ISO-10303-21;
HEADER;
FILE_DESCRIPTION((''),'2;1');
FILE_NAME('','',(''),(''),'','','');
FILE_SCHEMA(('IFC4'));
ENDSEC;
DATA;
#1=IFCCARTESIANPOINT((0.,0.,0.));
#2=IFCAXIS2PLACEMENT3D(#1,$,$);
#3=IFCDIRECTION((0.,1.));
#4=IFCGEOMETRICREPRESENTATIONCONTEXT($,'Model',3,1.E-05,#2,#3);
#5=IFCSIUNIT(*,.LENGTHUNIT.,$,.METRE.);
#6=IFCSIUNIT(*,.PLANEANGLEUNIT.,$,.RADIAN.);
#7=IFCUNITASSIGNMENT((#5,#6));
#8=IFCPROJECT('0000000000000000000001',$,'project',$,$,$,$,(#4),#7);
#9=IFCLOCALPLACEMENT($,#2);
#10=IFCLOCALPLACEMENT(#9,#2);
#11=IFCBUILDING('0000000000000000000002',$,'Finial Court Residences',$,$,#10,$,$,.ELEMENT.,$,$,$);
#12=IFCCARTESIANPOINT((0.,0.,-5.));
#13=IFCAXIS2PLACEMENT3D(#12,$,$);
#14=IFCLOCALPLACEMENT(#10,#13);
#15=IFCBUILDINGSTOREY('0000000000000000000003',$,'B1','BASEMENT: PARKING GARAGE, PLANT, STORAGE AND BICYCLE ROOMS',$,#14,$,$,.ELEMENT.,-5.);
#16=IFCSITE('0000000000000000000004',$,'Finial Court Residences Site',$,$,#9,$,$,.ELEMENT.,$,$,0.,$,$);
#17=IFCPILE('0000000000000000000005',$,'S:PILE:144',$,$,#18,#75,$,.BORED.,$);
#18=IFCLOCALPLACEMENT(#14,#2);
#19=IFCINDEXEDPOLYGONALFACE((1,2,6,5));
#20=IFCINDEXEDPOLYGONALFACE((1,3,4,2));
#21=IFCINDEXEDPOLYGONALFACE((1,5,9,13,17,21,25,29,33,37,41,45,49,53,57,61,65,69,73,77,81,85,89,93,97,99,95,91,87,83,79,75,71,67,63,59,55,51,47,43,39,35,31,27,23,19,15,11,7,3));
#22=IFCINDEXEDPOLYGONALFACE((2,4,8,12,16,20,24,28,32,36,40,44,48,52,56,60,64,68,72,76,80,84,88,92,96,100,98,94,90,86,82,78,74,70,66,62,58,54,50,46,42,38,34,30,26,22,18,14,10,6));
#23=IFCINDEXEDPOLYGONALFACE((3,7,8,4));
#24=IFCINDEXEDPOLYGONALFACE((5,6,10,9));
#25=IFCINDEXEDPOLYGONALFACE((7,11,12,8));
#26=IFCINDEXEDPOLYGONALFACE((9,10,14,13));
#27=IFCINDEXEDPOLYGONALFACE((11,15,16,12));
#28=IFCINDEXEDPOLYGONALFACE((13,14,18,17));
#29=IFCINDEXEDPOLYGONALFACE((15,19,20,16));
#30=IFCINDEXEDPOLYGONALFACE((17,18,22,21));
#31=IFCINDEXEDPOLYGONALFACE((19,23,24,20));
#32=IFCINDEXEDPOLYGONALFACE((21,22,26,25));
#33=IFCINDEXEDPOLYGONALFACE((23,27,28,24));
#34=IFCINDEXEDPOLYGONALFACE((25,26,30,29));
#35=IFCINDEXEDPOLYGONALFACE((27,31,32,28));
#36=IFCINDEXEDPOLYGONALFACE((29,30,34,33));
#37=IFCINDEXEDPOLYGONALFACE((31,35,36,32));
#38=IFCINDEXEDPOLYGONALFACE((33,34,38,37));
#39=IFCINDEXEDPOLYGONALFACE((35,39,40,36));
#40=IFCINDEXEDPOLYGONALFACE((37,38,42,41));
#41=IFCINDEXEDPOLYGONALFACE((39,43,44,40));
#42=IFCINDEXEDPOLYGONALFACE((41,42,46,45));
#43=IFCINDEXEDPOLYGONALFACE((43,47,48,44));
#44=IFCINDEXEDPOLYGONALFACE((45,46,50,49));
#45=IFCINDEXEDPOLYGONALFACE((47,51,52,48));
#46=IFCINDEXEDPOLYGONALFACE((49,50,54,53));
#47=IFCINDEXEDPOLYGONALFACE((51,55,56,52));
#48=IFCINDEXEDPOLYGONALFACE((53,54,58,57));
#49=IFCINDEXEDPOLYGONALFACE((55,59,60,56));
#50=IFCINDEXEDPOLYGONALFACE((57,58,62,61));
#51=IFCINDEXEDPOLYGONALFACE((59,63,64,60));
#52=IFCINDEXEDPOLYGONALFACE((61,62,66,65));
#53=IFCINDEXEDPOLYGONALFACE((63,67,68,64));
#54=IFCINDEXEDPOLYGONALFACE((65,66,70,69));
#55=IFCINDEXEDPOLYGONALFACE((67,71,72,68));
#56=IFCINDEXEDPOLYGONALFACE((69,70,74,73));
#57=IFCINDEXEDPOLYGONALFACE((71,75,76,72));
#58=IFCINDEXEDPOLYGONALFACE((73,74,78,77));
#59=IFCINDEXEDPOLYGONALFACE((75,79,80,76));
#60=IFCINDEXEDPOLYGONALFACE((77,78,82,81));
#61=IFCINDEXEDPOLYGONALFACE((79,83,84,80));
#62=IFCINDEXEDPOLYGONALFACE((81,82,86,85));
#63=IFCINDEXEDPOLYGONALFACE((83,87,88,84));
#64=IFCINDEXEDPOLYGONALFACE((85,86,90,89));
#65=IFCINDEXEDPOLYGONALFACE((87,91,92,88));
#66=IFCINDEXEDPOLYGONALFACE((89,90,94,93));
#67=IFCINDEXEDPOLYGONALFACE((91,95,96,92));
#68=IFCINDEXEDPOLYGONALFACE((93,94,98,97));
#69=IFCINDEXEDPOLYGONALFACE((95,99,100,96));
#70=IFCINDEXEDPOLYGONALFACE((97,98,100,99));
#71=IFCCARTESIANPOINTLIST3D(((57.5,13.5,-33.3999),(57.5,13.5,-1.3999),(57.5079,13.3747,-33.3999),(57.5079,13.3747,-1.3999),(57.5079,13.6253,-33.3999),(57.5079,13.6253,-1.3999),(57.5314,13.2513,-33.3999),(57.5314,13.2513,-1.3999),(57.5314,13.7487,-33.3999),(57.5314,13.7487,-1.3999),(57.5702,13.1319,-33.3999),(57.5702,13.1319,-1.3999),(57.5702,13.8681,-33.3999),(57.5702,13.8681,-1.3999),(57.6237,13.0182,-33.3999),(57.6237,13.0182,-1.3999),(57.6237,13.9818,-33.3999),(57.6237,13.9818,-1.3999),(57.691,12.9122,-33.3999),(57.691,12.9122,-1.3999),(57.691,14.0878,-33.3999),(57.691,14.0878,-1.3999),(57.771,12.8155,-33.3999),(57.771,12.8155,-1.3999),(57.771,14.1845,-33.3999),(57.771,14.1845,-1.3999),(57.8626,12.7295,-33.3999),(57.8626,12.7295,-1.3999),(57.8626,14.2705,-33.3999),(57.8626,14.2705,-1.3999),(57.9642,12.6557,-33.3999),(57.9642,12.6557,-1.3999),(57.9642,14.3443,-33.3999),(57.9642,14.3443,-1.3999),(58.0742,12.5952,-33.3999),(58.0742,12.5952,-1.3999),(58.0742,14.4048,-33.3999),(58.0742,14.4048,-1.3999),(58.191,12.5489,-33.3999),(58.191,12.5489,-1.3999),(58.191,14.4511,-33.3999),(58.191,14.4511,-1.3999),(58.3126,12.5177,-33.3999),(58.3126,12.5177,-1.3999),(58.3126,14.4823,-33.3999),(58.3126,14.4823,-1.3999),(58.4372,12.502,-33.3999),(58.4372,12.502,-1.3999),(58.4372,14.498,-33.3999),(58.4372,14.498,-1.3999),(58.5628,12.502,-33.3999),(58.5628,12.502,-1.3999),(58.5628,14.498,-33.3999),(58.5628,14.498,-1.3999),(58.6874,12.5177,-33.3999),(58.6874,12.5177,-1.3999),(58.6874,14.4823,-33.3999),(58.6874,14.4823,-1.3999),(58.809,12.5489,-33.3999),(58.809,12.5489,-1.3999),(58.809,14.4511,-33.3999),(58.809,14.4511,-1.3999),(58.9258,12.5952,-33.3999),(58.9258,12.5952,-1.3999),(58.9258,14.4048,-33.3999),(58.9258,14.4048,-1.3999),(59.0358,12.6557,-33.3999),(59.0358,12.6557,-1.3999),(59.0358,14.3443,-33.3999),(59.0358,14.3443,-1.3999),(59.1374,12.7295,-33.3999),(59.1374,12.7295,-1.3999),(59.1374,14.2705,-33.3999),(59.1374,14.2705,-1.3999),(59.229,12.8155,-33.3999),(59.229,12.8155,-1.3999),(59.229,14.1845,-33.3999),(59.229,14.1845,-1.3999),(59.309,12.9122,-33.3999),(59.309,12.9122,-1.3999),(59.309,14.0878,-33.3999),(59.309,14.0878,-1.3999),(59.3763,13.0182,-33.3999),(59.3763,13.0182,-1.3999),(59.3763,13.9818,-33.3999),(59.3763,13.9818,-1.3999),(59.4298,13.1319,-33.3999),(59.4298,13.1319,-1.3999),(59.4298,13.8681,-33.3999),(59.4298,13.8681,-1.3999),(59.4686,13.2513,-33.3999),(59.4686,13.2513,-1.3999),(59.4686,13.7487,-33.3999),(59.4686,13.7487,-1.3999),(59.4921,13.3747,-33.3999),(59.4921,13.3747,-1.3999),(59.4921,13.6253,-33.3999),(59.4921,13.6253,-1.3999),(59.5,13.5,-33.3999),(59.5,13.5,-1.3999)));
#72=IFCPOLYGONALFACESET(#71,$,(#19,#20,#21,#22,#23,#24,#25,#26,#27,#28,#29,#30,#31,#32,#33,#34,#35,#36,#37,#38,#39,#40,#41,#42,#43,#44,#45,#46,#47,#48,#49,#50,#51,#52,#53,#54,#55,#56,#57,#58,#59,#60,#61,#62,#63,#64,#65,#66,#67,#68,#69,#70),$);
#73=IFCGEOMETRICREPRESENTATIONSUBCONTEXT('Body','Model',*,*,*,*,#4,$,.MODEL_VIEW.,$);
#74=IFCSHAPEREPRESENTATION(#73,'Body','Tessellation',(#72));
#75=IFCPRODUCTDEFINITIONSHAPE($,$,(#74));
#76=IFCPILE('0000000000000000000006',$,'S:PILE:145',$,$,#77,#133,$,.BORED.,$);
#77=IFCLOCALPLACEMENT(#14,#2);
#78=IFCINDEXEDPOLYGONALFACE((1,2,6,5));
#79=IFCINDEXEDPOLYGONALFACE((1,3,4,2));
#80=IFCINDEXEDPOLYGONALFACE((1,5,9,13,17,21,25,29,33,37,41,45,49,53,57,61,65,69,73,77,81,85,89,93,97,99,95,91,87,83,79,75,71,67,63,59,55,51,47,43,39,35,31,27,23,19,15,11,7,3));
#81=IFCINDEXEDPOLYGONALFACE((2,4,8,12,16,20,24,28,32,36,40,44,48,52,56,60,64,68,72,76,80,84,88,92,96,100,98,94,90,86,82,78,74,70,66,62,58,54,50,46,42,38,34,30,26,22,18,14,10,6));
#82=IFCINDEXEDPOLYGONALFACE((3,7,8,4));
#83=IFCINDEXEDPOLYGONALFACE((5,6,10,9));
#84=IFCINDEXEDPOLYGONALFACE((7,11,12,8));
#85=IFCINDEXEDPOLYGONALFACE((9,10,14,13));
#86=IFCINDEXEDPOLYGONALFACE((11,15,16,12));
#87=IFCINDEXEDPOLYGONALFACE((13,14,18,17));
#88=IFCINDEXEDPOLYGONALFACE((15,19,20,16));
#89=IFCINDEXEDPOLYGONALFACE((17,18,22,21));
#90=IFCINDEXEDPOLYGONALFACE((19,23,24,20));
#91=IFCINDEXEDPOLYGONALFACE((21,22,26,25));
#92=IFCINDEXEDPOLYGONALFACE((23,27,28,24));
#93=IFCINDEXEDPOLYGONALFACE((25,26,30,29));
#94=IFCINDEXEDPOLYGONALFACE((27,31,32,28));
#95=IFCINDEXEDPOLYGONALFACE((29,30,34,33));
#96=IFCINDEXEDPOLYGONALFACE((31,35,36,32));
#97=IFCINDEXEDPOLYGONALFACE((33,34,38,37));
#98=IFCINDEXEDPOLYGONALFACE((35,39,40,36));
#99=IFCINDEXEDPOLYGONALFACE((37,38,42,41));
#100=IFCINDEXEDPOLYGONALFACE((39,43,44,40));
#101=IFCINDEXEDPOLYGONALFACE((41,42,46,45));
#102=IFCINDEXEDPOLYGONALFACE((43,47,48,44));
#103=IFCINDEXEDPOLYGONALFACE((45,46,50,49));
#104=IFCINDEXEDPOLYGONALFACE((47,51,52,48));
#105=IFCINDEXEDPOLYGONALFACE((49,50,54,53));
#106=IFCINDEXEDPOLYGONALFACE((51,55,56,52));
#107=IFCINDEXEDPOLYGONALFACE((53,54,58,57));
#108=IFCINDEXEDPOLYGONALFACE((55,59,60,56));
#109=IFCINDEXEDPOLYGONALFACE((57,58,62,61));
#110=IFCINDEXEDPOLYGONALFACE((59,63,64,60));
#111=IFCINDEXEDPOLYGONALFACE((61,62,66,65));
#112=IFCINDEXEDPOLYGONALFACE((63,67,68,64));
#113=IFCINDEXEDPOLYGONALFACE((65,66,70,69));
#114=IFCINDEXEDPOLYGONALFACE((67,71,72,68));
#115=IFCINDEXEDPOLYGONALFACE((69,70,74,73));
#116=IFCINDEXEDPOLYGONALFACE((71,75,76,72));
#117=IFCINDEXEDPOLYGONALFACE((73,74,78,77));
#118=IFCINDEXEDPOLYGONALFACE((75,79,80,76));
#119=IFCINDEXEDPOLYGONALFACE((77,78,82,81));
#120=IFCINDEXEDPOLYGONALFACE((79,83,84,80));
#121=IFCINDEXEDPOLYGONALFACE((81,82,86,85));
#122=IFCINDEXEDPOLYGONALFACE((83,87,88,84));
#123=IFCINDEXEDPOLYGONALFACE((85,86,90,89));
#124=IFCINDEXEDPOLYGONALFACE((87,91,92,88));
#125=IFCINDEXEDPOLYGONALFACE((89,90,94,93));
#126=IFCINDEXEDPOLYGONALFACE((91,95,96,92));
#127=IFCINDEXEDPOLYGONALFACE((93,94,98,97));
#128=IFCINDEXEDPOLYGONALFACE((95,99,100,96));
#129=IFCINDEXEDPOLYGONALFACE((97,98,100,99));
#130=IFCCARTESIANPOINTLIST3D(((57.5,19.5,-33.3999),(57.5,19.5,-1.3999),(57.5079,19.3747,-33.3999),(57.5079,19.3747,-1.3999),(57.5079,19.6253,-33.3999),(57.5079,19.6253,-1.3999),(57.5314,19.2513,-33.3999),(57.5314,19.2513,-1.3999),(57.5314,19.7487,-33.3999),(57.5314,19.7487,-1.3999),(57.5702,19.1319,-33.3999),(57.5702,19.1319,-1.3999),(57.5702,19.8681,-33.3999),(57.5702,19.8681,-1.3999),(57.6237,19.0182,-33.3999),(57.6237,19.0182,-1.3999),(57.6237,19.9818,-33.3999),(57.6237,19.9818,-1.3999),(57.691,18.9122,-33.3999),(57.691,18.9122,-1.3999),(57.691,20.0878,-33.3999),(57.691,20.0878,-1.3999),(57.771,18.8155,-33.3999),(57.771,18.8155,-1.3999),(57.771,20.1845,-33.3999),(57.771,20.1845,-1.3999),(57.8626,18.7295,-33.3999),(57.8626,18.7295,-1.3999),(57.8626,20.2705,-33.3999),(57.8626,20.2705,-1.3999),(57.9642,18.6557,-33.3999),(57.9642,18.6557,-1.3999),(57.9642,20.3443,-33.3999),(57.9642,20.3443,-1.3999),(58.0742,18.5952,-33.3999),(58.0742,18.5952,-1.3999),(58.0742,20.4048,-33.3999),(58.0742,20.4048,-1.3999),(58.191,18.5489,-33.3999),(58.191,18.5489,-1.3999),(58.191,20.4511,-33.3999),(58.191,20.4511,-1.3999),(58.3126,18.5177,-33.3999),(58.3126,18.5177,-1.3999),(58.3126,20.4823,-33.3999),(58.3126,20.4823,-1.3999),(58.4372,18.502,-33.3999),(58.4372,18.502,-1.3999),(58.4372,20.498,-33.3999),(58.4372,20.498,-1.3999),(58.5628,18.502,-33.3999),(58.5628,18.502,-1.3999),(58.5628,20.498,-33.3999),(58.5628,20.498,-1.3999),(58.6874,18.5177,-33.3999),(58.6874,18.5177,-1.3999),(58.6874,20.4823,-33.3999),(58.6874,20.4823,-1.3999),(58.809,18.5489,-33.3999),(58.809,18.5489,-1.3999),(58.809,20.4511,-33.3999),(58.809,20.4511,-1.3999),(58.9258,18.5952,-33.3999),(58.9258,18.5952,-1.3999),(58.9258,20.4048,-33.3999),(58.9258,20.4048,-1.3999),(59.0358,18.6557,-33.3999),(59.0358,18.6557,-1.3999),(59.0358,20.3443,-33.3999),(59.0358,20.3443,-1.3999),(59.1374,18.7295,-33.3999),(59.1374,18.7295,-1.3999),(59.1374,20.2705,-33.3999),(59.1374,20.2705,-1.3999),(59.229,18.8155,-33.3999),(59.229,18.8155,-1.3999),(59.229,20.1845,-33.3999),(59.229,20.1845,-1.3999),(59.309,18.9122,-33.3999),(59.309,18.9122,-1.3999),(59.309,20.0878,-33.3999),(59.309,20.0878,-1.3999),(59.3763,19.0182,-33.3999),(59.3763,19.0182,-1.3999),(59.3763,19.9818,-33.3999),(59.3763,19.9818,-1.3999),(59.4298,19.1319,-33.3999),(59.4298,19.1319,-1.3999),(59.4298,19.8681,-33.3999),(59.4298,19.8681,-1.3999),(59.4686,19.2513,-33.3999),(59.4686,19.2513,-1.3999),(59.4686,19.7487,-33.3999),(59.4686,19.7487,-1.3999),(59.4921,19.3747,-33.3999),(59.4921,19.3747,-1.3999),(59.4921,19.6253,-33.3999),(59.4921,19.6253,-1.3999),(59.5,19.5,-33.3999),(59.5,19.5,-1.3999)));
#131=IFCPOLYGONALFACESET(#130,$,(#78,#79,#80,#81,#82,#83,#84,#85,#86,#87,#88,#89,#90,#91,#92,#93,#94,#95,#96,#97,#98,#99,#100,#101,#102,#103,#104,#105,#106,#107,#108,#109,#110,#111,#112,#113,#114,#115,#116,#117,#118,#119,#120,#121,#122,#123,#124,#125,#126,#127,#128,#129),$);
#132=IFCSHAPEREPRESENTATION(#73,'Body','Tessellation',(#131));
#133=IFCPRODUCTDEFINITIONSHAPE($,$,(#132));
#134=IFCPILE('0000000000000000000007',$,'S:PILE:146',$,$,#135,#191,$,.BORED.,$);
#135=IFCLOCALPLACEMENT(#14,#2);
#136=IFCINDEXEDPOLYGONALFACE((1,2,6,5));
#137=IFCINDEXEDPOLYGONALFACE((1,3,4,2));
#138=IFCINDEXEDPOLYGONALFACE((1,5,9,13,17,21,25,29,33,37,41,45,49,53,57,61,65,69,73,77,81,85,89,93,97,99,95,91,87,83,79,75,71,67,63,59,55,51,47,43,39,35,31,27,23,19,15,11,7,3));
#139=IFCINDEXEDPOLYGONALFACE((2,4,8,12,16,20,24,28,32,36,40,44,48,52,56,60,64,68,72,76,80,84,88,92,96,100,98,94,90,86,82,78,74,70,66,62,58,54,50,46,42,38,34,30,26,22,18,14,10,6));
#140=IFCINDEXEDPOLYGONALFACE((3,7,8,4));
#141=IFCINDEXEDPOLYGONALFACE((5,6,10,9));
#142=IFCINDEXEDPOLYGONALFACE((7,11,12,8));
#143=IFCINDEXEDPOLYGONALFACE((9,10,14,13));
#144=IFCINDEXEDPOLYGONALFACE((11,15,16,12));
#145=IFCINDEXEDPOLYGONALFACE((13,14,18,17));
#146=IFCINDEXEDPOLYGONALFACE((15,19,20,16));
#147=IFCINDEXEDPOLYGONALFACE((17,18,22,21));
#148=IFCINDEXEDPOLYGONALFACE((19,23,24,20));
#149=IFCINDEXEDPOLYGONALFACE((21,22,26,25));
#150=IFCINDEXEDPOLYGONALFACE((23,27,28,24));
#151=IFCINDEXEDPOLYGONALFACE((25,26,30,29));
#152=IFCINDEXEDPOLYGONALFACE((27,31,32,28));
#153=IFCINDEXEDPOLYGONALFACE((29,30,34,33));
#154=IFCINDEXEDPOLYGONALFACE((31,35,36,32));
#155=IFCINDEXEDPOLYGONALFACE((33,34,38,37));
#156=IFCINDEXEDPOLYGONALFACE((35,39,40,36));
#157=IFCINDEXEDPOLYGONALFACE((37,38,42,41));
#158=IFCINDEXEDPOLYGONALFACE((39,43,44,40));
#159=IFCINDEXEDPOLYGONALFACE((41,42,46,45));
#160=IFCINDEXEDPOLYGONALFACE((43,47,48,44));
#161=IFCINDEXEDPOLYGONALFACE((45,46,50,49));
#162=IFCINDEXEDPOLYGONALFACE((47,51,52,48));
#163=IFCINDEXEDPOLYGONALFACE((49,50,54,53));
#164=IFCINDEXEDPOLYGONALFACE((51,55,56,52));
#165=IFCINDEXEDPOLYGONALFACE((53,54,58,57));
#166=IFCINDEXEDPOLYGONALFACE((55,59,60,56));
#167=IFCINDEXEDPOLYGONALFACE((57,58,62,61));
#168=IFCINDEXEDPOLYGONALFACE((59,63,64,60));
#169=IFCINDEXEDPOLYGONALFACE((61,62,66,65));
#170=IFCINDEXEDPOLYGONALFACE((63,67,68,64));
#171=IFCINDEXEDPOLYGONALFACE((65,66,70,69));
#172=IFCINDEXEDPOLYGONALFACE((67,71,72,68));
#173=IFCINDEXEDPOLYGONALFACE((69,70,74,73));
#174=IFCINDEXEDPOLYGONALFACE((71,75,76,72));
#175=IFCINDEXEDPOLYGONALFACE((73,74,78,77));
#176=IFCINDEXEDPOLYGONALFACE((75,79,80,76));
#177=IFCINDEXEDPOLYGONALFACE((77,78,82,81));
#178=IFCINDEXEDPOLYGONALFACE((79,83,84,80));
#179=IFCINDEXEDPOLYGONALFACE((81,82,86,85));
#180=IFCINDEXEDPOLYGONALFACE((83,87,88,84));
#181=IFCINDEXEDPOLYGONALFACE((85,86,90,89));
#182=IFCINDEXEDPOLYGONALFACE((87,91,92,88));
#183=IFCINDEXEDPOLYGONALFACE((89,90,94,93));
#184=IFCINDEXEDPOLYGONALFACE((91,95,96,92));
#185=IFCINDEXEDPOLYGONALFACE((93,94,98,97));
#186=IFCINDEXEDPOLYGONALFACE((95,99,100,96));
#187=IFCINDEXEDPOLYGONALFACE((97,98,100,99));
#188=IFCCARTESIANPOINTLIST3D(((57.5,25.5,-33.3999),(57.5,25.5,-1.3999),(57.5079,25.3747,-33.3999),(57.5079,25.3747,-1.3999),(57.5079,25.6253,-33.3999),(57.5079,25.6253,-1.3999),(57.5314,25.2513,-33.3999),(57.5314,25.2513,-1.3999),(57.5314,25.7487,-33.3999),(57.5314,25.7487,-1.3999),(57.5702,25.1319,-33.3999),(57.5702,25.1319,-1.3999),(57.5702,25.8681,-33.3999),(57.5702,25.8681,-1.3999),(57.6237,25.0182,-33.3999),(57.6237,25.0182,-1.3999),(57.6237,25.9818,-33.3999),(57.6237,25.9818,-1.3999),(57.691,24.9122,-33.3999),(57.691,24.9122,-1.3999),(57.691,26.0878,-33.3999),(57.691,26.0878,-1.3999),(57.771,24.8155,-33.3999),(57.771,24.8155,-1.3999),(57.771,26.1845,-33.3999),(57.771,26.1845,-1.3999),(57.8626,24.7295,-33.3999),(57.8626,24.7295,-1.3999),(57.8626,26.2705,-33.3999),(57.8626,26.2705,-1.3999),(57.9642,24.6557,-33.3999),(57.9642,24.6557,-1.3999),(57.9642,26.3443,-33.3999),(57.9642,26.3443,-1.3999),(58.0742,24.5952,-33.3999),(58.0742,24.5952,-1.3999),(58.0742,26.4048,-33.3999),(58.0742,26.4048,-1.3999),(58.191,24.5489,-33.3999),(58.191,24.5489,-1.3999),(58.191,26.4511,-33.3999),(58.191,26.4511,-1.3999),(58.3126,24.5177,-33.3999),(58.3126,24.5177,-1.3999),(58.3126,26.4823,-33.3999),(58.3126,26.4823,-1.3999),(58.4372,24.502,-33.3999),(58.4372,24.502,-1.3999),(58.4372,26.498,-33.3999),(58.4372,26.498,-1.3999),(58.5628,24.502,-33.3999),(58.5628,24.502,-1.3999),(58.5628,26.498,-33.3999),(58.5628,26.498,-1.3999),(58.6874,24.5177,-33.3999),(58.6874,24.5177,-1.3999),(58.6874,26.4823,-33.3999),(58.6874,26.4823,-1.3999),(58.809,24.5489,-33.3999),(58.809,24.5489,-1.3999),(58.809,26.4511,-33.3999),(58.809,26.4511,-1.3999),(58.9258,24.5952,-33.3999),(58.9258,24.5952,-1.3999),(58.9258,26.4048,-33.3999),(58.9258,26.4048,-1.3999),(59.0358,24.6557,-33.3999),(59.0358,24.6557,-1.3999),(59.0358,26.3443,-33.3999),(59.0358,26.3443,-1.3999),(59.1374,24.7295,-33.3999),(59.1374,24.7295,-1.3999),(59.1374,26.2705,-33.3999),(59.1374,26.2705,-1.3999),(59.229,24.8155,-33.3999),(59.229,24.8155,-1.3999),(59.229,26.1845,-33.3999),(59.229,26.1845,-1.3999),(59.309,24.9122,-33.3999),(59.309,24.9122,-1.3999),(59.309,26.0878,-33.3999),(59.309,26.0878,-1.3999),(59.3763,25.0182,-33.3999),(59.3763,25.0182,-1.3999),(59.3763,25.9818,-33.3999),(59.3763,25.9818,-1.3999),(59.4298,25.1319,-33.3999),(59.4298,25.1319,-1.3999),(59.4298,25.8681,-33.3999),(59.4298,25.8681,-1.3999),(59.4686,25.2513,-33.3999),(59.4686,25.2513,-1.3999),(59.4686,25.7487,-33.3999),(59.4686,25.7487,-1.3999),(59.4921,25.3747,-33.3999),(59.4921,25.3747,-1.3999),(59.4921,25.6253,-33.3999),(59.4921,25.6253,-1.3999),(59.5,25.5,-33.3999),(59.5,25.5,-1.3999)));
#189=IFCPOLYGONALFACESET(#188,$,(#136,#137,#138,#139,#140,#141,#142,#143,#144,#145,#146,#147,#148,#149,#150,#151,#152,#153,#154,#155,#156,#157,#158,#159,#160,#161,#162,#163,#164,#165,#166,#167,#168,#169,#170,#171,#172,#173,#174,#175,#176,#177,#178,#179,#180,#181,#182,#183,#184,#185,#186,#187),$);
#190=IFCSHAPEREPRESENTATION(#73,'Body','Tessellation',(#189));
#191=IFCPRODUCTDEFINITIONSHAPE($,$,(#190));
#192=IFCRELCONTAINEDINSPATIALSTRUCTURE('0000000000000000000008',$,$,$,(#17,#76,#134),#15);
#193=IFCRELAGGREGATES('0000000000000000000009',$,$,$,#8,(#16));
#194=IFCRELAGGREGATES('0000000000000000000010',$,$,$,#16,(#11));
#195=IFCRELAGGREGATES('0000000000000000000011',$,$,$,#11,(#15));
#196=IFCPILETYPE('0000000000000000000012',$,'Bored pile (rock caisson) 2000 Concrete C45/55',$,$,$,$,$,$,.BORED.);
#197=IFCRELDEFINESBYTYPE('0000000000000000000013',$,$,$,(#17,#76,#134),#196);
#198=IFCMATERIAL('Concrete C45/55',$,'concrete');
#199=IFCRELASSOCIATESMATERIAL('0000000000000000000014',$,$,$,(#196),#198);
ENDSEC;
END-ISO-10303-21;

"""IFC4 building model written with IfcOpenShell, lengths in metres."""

from ifc_helpers import new_model, si_unit, direction, frame, origin, origin_2d, place, context, subcontext, project, spatial, circle, extrude, material, material_profile, profile_set, type_object, element, save


model = new_model("IFC4")

# Units and contexts
model_context = context("Model", 3, precision=1e-05, world=origin(), true_north=direction((0.0, 1.0)))
body_context = subcontext(model_context, "Body", "Model", "MODEL_VIEW")
ifc_project = project(units=[si_unit("LENGTHUNIT", "METRE"), si_unit("PLANEANGLEUNIT", "RADIAN")], contexts=[model_context])

# Site, building, storey
site_placement = place(None, origin())
site = spatial("IfcSite", under=ifc_project, at=site_placement, Name="Finial Court Residences Site", CompositionType="ELEMENT", RefElevation=0.0)
building_placement = place(site_placement, origin())
building = spatial("IfcBuilding", under=site, at=building_placement, Name="Finial Court Residences", CompositionType="ELEMENT")
storey_placement = place(building_placement, frame((0.0, 0.0, -5.0)))
storey = spatial("IfcBuildingStorey", under=building, at=storey_placement, Name="B1", Description="BASEMENT: PARKING GARAGE, PLANT, STORAGE AND BICYCLE ROOMS", CompositionType="ELEMENT", Elevation=-5.0)

# Piles
ifc_material_1 = material(Name="Concrete C45/55", Category="concrete")
ifc_material_profile_1 = material_profile(ifc_material_1, circle(Radius=1.0, at=origin_2d()), Name="D2000")
ifc_profile_set_1 = profile_set([ifc_material_profile_1], Name="Concrete C45/55")
pile_type = type_object("IfcPileType", Name="Bored pile (rock caisson) 2000 Concrete C45/55", PredefinedType="BORED", material=ifc_profile_set_1)
for number, where, z_axis, x_axis, name in (
    (1, (58.5, 13.5, -1.3999), (0.0, 0.0, -1.0), (1.0, 0.0, 0.0), "S:PILE:144"),
    (2, (58.5, 19.5, -1.3999), (0.0, 0.0, -1.0), (1.0, 0.0, 0.0), "S:PILE:145"),
    (3, (58.5, 25.5, -1.3999), (0.0, 0.0, -1.0), (1.0, 0.0, 0.0), "S:PILE:146"),
):
    element("IfcPile", number, at=place(storey_placement, frame(where, z_axis=z_axis, x_axis=x_axis)), inside=storey, type_object=pile_type, Name=name, PredefinedType="BORED", context=body_context, shape_type="SweptSolid", body=[
        extrude(circle(Radius=1.0, at=origin_2d()), origin(), (0.0, 0.0, 1.0), 32.0),
    ])

save(model, "model.ifc")
